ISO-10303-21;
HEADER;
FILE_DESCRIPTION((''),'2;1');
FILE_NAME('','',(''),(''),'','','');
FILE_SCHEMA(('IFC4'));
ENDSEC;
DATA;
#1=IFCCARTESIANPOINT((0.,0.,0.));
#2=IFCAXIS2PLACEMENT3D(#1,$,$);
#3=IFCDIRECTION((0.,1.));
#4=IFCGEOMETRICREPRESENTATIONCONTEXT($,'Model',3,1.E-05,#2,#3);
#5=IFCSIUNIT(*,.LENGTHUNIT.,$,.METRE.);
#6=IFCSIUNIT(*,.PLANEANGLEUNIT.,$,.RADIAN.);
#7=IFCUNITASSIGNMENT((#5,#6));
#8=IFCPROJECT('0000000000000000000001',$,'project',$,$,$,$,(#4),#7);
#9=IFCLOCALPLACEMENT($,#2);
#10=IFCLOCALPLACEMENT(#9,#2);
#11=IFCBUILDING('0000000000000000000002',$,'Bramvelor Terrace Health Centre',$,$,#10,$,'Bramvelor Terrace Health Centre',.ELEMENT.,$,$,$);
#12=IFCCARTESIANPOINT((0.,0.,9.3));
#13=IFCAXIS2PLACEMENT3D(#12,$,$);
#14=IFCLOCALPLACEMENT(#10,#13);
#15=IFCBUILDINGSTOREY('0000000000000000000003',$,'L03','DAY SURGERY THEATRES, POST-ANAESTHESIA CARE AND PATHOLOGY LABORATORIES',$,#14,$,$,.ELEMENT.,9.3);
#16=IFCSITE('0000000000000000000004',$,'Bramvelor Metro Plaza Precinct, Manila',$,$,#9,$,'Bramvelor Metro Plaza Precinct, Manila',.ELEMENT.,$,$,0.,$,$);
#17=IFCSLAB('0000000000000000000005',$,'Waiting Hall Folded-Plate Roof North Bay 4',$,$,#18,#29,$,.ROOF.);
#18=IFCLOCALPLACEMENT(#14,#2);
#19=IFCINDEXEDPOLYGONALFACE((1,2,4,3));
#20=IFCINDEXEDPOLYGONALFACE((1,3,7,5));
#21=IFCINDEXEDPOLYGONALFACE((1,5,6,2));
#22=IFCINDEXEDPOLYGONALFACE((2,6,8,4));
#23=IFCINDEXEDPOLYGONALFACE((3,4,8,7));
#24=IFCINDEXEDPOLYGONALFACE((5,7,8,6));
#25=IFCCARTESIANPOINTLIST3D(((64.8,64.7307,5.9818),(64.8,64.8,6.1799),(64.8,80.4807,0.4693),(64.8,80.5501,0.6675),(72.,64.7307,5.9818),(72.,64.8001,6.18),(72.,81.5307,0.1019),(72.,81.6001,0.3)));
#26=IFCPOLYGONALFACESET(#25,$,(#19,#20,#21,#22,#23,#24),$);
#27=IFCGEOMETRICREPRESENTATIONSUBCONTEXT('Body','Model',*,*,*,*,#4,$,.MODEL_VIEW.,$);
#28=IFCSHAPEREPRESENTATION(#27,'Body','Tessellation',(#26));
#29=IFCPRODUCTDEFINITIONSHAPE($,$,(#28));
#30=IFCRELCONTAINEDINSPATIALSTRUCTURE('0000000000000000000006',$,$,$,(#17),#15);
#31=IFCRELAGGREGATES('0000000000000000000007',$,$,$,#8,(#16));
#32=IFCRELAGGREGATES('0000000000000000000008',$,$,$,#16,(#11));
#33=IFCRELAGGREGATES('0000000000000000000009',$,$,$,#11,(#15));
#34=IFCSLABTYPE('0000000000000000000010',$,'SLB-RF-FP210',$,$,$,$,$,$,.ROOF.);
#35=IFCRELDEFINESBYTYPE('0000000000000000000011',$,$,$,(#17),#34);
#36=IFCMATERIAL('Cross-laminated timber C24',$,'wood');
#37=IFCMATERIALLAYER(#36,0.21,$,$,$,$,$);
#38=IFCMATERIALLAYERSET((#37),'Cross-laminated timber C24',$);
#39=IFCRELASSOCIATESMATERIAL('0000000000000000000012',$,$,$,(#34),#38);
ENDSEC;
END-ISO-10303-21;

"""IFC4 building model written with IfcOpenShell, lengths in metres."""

from ifc_helpers import new_model, si_unit, direction, frame, origin, place, context, subcontext, project, spatial, polyline, outline, extrude, material, layer, layer_set, type_object, element, save


model = new_model("IFC4")

# Units and contexts
model_context = context("Model", 3, precision=1e-05, world=origin(), true_north=direction((0.0, 1.0)))
body_context = subcontext(model_context, "Body", "Model", "MODEL_VIEW")
ifc_project = project(units=[si_unit("LENGTHUNIT", "METRE"), si_unit("PLANEANGLEUNIT", "RADIAN")], contexts=[model_context])

# Site, building, storey
site_placement = place(None, origin())
site = spatial("IfcSite", under=ifc_project, at=site_placement, Name="Bramvelor Metro Plaza Precinct, Manila", LongName="Bramvelor Metro Plaza Precinct, Manila", CompositionType="ELEMENT", RefElevation=0.0)
building_placement = place(site_placement, origin())
building = spatial("IfcBuilding", under=site, at=building_placement, Name="Bramvelor Terrace Health Centre", LongName="Bramvelor Terrace Health Centre", CompositionType="ELEMENT")
storey_placement = place(building_placement, frame((0.0, 0.0, 9.3)))
storey = spatial("IfcBuildingStorey", under=building, at=storey_placement, Name="L03", Description="DAY SURGERY THEATRES, POST-ANAESTHESIA CARE AND PATHOLOGY LABORATORIES", CompositionType="ELEMENT", Elevation=9.3)

# Slab
ifc_material_1 = material(Name="Cross-laminated timber C24", Category="wood")
ifc_layer_1 = layer(ifc_material_1, 0.21)
ifc_layer_set_1 = layer_set([ifc_layer_1], Name="Cross-laminated timber C24")
slab_type = type_object("IfcSlabType", Name="SLB-RF-FP210", PredefinedType="ROOF", material=ifc_layer_set_1)
slab_1_placement = place(storey_placement, frame((64.8, 64.8, 6.1799), z_axis=(-0.000005, 0.330346, 0.94386), x_axis=(1.0, 0.000002, 0.000005)))
element("IfcSlab", 1, at=slab_1_placement, inside=storey, type_object=slab_type, Name="Waiting Hall Folded-Plate Roof North Bay 4", PredefinedType="ROOF", context=body_context, shape_type="SweptSolid", body=[
    extrude(outline(polyline([(0.0, 0.0), (7.2, 0.0), (7.2, 17.7993), (0.0, 16.6868), (0.0, 0.0)])), origin(), (0.0, 0.0, -1.0), 0.21),
])

save(model, "model.ifc")
